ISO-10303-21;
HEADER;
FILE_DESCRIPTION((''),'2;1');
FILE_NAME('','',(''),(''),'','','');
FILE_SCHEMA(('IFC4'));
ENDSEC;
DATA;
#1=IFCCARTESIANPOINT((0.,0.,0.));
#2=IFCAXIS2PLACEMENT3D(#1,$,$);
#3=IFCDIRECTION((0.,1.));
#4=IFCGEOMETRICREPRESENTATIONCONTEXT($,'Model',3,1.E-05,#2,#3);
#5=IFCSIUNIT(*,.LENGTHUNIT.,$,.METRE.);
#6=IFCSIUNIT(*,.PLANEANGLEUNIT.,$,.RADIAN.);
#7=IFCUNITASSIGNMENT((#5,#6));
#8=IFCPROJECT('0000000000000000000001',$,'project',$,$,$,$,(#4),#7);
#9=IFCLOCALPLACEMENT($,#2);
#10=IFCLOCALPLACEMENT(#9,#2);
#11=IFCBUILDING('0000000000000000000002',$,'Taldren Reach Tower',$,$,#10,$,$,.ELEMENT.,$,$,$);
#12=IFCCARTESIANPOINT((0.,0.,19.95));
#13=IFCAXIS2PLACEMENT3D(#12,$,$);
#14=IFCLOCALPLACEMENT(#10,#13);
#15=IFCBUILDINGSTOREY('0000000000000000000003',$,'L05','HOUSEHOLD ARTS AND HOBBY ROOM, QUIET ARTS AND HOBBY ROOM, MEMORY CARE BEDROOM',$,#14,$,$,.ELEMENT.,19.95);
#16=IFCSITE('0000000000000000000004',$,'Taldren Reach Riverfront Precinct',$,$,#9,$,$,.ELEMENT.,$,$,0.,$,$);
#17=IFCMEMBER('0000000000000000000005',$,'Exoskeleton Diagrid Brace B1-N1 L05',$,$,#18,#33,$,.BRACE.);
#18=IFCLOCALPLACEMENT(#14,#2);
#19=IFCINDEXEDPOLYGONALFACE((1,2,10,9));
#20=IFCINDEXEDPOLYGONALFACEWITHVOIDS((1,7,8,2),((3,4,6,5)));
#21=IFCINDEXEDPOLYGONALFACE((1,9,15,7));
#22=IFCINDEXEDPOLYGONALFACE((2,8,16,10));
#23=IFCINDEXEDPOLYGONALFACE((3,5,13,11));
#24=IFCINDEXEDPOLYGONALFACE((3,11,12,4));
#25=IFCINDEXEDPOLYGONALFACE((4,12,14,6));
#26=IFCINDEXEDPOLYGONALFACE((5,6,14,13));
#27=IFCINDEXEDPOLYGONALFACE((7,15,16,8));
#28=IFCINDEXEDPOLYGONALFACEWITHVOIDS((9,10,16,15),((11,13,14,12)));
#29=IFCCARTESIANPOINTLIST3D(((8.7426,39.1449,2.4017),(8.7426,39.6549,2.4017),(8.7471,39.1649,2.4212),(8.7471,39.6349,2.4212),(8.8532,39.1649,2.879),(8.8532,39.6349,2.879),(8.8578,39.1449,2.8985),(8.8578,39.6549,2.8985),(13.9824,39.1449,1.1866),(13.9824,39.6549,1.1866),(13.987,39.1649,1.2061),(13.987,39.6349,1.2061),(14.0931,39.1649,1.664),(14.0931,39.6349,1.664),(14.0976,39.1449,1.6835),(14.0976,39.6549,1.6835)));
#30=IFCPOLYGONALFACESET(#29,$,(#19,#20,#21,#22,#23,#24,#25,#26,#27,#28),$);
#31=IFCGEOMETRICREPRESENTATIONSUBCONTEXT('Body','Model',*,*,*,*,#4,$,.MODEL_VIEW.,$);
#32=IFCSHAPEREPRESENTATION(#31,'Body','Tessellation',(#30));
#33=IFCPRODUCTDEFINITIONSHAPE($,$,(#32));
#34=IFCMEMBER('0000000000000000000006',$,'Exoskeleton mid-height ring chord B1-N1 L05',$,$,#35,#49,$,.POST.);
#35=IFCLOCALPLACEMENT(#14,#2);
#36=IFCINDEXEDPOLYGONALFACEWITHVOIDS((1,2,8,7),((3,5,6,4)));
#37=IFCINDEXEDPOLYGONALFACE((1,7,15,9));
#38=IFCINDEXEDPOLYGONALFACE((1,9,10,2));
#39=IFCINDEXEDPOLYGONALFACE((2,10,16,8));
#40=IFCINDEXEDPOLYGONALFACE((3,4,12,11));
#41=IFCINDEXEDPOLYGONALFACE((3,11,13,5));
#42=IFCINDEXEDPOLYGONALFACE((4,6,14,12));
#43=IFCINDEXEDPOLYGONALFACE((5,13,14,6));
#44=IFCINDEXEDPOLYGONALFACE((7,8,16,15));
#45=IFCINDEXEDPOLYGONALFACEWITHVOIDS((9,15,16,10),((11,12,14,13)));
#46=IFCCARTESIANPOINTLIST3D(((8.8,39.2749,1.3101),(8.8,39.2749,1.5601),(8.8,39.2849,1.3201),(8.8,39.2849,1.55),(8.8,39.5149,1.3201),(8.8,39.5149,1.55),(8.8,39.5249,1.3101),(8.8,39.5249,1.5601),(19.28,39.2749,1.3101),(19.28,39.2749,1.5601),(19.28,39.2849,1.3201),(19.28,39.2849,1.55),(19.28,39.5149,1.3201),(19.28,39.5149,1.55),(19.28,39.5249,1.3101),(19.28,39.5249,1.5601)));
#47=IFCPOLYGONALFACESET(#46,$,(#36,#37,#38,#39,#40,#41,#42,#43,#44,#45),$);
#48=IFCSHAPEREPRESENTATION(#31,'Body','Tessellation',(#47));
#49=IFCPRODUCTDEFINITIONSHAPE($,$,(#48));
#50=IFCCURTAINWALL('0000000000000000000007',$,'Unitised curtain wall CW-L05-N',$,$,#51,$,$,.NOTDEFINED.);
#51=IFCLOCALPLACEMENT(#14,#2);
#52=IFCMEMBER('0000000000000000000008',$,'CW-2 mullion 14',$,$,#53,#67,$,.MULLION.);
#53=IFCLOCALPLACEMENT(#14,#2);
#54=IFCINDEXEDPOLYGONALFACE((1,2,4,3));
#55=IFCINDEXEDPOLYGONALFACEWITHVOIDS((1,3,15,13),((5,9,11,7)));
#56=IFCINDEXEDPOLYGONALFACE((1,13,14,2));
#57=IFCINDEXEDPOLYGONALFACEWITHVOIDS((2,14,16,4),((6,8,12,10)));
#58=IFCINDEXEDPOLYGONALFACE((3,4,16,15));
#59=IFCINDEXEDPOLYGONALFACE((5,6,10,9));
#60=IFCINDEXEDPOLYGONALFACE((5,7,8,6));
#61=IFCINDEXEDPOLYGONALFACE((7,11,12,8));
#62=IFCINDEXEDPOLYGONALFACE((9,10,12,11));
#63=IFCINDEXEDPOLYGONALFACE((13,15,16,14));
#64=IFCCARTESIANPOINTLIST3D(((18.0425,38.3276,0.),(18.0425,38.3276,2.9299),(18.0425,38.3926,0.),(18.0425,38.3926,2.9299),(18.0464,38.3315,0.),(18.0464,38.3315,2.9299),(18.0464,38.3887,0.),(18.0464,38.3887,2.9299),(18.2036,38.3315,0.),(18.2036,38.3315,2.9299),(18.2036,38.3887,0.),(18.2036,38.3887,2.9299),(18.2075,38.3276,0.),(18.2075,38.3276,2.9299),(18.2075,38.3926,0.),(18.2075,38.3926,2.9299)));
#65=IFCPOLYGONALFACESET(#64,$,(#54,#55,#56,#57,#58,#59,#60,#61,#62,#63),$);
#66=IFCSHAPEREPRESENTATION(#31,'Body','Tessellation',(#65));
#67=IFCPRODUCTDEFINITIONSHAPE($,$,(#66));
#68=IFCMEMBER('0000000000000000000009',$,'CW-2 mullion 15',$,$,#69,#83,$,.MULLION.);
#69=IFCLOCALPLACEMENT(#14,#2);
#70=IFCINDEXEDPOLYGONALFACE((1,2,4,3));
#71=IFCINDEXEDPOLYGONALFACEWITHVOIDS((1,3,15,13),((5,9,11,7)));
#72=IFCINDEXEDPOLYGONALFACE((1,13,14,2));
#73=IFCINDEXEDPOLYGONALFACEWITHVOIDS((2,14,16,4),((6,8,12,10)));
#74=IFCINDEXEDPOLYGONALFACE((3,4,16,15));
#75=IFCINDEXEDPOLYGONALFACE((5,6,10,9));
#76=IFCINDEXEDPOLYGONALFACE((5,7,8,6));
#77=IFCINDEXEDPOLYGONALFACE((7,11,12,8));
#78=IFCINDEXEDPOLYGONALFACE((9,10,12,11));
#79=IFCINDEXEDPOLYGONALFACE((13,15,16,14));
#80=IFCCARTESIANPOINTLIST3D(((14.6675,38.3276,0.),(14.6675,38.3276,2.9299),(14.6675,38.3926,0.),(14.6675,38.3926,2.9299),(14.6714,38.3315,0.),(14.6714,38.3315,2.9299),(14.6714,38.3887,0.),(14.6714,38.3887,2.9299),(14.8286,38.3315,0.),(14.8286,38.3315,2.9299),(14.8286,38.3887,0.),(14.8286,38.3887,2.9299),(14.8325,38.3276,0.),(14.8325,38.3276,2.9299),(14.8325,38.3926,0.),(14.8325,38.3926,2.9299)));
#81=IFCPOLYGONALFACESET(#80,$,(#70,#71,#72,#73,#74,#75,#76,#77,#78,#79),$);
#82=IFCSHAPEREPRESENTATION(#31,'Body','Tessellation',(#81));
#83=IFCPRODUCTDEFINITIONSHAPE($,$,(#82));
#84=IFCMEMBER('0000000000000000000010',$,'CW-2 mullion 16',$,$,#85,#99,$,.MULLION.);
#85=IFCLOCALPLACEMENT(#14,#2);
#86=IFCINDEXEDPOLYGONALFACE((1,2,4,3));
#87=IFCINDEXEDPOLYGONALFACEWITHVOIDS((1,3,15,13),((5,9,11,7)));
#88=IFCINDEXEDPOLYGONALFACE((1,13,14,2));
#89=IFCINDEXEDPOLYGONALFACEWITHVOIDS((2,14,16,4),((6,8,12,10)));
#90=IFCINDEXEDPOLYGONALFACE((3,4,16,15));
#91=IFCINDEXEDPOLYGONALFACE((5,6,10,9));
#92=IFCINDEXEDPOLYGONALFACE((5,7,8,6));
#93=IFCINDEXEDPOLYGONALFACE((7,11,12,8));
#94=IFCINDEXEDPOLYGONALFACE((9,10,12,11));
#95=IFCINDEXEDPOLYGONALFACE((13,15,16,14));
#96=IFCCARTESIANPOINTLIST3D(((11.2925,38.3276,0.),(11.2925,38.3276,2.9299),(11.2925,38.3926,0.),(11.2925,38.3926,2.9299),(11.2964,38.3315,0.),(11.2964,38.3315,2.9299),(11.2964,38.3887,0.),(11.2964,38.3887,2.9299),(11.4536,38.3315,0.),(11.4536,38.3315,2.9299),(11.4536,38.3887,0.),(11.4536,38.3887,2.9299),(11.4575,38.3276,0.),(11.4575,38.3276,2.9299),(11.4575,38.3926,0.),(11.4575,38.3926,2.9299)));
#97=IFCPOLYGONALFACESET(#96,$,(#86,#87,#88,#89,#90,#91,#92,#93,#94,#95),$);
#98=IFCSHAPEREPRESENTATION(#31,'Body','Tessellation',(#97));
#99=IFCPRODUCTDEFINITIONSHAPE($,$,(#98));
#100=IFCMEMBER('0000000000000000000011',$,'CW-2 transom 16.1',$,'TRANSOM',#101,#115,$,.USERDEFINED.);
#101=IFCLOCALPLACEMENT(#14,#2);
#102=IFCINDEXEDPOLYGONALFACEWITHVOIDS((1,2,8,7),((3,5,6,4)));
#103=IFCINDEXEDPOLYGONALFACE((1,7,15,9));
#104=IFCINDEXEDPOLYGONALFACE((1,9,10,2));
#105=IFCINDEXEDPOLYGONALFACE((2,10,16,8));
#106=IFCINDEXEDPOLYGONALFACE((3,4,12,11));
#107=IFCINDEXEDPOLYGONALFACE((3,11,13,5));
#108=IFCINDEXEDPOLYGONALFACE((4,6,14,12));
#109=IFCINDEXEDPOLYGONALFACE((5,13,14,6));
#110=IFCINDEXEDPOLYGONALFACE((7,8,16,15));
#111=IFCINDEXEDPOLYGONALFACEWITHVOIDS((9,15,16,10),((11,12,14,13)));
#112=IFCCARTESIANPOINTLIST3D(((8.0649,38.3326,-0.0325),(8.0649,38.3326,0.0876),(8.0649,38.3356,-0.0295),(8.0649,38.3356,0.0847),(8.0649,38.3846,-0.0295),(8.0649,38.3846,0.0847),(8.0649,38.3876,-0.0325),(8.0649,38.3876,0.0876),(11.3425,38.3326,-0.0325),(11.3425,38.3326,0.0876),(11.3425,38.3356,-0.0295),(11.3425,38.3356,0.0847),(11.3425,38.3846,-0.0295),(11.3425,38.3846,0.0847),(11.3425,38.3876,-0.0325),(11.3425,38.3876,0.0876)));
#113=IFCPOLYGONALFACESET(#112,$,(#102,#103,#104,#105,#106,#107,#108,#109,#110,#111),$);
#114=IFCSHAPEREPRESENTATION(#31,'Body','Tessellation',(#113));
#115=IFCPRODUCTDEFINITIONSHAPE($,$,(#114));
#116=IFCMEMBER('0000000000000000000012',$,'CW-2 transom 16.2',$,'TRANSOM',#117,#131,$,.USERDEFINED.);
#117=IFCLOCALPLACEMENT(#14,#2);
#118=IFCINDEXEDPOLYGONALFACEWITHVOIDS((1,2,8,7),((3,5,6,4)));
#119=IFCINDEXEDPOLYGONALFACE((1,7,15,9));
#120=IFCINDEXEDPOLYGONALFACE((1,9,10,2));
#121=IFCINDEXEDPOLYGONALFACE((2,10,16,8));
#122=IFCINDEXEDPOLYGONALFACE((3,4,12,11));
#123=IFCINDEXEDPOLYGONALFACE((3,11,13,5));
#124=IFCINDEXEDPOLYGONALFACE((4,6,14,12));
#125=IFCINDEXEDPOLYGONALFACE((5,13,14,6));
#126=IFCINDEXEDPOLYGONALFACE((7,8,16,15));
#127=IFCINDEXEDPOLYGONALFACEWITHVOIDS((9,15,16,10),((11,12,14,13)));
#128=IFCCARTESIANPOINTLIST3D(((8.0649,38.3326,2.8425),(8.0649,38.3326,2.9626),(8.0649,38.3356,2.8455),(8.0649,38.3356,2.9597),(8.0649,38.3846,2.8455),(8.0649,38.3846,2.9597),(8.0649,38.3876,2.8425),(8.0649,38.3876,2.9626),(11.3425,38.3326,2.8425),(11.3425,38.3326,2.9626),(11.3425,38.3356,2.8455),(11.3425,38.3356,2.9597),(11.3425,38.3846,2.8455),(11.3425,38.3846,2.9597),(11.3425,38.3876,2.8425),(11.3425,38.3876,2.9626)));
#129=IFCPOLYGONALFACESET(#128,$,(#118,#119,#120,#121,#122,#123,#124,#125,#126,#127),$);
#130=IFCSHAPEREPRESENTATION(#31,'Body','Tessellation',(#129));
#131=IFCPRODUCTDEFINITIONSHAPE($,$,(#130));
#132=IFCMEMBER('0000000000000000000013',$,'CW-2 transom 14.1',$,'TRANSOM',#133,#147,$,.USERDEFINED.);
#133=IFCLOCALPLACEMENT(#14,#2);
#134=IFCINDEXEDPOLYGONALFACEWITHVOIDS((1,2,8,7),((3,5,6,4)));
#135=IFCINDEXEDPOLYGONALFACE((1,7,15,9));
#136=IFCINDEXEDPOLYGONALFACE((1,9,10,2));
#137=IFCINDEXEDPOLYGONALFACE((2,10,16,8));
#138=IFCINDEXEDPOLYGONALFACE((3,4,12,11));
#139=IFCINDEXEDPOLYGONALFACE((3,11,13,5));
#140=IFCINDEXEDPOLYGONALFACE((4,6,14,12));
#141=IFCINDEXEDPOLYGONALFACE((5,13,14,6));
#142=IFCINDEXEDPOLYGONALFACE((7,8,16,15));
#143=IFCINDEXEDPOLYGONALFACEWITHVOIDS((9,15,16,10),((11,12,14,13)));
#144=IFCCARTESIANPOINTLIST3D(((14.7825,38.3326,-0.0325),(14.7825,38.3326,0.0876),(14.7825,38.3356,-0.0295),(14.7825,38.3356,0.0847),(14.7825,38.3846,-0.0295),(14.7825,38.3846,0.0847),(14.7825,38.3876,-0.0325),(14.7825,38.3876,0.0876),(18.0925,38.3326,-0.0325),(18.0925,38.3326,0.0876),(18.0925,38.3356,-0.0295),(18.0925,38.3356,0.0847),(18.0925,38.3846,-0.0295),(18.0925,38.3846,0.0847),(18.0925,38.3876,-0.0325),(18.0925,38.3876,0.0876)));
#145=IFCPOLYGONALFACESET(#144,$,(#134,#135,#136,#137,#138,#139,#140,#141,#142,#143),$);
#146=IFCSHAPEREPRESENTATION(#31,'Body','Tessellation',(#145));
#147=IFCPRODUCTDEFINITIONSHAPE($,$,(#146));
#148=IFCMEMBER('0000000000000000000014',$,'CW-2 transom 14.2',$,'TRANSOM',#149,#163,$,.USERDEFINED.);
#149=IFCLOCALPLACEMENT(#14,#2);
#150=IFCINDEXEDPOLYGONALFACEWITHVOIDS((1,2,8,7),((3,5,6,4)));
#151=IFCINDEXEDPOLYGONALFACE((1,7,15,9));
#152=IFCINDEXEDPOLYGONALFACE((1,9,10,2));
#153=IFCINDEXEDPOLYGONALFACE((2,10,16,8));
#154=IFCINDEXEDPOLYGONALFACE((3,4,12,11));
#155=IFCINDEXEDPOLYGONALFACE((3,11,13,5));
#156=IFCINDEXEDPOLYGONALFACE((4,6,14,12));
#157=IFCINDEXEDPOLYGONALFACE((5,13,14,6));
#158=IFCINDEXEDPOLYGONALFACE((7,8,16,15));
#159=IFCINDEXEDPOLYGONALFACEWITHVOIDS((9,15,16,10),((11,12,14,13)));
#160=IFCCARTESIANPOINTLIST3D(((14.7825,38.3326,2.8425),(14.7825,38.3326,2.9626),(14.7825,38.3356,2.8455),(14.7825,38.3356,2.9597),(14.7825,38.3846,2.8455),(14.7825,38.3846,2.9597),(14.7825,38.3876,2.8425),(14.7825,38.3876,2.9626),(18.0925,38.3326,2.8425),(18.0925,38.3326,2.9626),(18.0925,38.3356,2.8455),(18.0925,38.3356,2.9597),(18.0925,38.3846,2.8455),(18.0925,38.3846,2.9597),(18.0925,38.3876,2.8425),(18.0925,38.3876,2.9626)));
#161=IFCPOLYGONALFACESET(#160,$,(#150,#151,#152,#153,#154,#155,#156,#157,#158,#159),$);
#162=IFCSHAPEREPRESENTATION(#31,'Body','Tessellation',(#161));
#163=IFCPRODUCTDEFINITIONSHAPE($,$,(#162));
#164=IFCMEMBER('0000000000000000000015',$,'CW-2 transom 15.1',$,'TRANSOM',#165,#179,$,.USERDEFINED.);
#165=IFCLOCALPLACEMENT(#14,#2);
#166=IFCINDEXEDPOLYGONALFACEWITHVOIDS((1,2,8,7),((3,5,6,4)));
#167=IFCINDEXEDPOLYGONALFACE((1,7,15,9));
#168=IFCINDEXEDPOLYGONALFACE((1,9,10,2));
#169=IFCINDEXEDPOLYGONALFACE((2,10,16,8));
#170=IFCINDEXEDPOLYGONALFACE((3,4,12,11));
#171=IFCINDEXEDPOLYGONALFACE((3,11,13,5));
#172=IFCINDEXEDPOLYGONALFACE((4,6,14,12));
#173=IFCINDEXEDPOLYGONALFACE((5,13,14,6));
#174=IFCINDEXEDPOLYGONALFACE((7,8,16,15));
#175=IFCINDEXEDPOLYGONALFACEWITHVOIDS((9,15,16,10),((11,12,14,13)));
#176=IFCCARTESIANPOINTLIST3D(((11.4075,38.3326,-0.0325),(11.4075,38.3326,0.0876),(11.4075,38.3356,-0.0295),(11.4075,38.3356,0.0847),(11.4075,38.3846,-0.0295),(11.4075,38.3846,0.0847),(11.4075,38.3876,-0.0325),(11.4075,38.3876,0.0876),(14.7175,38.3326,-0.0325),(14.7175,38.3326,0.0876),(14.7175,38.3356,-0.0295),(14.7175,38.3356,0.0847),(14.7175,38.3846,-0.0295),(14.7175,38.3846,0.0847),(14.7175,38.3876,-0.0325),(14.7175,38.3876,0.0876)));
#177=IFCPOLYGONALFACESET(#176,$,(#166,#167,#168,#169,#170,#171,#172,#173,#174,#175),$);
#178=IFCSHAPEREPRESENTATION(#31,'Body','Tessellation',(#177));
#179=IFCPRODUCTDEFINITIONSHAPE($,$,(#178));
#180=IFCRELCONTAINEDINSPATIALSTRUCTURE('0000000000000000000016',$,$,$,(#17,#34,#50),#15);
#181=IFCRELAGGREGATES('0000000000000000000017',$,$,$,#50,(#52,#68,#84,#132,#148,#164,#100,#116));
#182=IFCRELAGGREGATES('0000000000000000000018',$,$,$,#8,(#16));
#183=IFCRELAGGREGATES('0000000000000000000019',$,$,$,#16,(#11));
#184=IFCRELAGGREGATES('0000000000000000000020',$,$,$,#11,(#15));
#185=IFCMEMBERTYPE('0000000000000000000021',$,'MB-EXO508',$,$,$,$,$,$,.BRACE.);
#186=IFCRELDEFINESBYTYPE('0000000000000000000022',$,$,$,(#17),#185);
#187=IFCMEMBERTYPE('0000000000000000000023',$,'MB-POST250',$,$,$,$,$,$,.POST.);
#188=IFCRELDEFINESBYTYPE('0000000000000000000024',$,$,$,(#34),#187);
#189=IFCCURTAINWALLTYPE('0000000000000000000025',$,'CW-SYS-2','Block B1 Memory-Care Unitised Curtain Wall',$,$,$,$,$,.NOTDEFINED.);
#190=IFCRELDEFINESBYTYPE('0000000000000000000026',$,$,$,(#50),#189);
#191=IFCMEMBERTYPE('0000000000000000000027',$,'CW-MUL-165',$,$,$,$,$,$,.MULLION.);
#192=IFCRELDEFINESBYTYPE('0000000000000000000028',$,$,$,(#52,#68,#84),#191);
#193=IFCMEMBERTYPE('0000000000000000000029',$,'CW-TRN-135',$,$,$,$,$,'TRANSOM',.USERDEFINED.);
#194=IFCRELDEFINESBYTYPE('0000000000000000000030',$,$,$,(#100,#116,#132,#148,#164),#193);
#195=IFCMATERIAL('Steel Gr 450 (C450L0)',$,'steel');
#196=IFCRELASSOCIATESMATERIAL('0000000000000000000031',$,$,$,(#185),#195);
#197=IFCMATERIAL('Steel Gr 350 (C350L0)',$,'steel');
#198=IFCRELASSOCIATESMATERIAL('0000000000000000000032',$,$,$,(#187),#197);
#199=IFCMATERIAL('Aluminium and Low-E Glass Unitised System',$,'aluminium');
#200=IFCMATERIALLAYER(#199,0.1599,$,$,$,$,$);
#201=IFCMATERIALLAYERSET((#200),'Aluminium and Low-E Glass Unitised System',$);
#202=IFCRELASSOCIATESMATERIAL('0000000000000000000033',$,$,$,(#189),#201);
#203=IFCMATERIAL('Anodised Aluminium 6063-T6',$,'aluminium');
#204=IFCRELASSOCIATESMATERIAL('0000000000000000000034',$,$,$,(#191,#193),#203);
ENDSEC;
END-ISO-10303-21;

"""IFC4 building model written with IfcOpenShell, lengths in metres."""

from ifc_helpers import new_model, si_unit, direction, frame, origin, origin_2d, place, context, subcontext, project, spatial, hollow_rectangle, extrude, source, transform, mapped, material, layer, layer_set, material_profile, profile_set, type_object, element, aggregate, save


model = new_model("IFC4")

# Units and contexts
model_context = context("Model", 3, precision=1e-05, world=origin(), true_north=direction((0.0, 1.0)))
body_context = subcontext(model_context, "Body", "Model", "MODEL_VIEW")
ifc_project = project(units=[si_unit("LENGTHUNIT", "METRE"), si_unit("PLANEANGLEUNIT", "RADIAN")], contexts=[model_context])

# Site, building, storey
site_placement = place(None, origin())
site = spatial("IfcSite", under=ifc_project, at=site_placement, Name="Taldren Reach Riverfront Precinct", CompositionType="ELEMENT", RefElevation=0.0)
building_placement = place(site_placement, origin())
building = spatial("IfcBuilding", under=site, at=building_placement, Name="Taldren Reach Tower", CompositionType="ELEMENT")
storey_placement = place(building_placement, frame((0.0, 0.0, 19.95)))
storey = spatial("IfcBuildingStorey", under=building, at=storey_placement, Name="L05", Description="HOUSEHOLD ARTS AND HOBBY ROOM, QUIET ARTS AND HOBBY ROOM, MEMORY CARE BEDROOM", CompositionType="ELEMENT", Elevation=19.95)

# Members
ifc_material_1 = material(Name="Steel Gr 450 (C450L0)", Category="steel")
ifc_material_profile_1 = material_profile(ifc_material_1, hollow_rectangle(XDim=0.51, YDim=0.51, WallThickness=0.02, at=origin_2d()), Name="510x510x20.0SHS")
ifc_profile_set_1 = profile_set([ifc_material_profile_1], Name="Steel Gr 450 (C450L0)")
member_type_1 = type_object("IfcMemberType", Name="MB-EXO508", PredefinedType="BRACE", material=ifc_profile_set_1)
shared_shape_1 = source(origin(), body_context, "Body", "SweptSolid", [
    extrude(hollow_rectangle(XDim=0.51, YDim=0.51, WallThickness=0.02, at=origin_2d()), origin(), (0.0, 0.0, 1.0), 5.3789),
])
member_1_placement = place(storey_placement, frame((14.04, 39.3999, 1.4351), z_axis=(-0.974152, 0.0, 0.225894), x_axis=(0.0, -1.0, 0.0)))
element("IfcMember", 1, at=member_1_placement, inside=storey, type_object=member_type_1, Name="Exoskeleton Diagrid Brace B1-N1 L05", PredefinedType="BRACE", context=body_context, shape_type="MappedRepresentation", body=[
    mapped(shared_shape_1, transform((0.0, 0.0, 0.0), scale=1.0)),
])
ifc_material_2 = material(Name="Steel Gr 350 (C350L0)", Category="steel")
ifc_material_profile_2 = material_profile(ifc_material_2, hollow_rectangle(XDim=0.25, YDim=0.25, WallThickness=0.01, at=origin_2d()), Name="250x250x10.0SHS")
ifc_profile_set_2 = profile_set([ifc_material_profile_2], Name="Steel Gr 350 (C350L0)")
member_type_2 = type_object("IfcMemberType", Name="MB-POST250", PredefinedType="POST", material=ifc_profile_set_2)
shared_shape_2 = source(origin(), body_context, "Body", "SweptSolid", [
    extrude(hollow_rectangle(XDim=0.25, YDim=0.25, WallThickness=0.01, at=origin_2d()), origin(), (0.0, 0.0, 1.0), 10.48),
])
member_2_placement = place(storey_placement, frame((8.8, 39.3999, 1.4351), z_axis=(1.0, 0.0, 0.0), x_axis=(0.0, 1.0, 0.0)))
element("IfcMember", 2, at=member_2_placement, inside=storey, type_object=member_type_2, Name="Exoskeleton mid-height ring chord B1-N1 L05", PredefinedType="POST", context=body_context, shape_type="MappedRepresentation", body=[
    mapped(shared_shape_2, transform((0.0, 0.0, 0.0), scale=1.0)),
])

# Curtain wall, members
ifc_material_3 = material(Name="Aluminium and Low-E Glass Unitised System", Category="aluminium")
ifc_layer_1 = layer(ifc_material_3, 0.1599)
ifc_layer_set_1 = layer_set([ifc_layer_1], Name="Aluminium and Low-E Glass Unitised System")
curtain_wall_type = type_object("IfcCurtainWallType", Name="CW-SYS-2", Description="Block B1 Memory-Care Unitised Curtain Wall", PredefinedType="NOTDEFINED", material=ifc_layer_set_1)
curtain_wall_placement = place(storey_placement, origin())
curtain_wall = element("IfcCurtainWall", 3, at=curtain_wall_placement, inside=storey, type_object=curtain_wall_type, Name="Unitised curtain wall CW-L05-N", PredefinedType="NOTDEFINED")
ifc_material_4 = material(Name="Anodised Aluminium 6063-T6", Category="aluminium")
ifc_material_profile_3 = material_profile(ifc_material_4, hollow_rectangle(XDim=0.0649, YDim=0.165, WallThickness=0.0039, at=origin_2d()), Name="ALU-165x65x4RHS")
ifc_profile_set_3 = profile_set([ifc_material_profile_3], Name="Anodised Aluminium 6063-T6")
member_type_3 = type_object("IfcMemberType", Name="CW-MUL-165", PredefinedType="MULLION", material=ifc_profile_set_3)
shared_shape_3 = source(origin(), body_context, "Body", "SweptSolid", [
    extrude(hollow_rectangle(XDim=0.0649, YDim=0.165, WallThickness=0.0039, at=origin_2d()), origin(), (0.0, 0.0, 1.0), 2.9299),
])
member_3_placement = place(storey_placement, frame((18.125, 38.3601, 0.0), z_axis=(0.0, 0.0, 1.0), x_axis=(0.0, -1.0, 0.0)))
member_3 = element("IfcMember", 4, at=member_3_placement, type_object=member_type_3, Name="CW-2 mullion 14", PredefinedType="MULLION", context=body_context, shape_type="MappedRepresentation", body=[
    mapped(shared_shape_3, transform((0.0, 0.0, 0.0), scale=1.0)),
])
member_4_placement = place(storey_placement, frame((14.75, 38.3601, 0.0), z_axis=(0.0, 0.0, 1.0), x_axis=(0.0, -1.0, 0.0)))
member_4 = element("IfcMember", 5, at=member_4_placement, type_object=member_type_3, Name="CW-2 mullion 15", PredefinedType="MULLION", context=body_context, shape_type="MappedRepresentation", body=[
    mapped(shared_shape_3, transform((0.0, 0.0, 0.0), scale=1.0)),
])
member_5_placement = place(storey_placement, frame((11.375, 38.3601, 0.0), z_axis=(0.0, 0.0, 1.0), x_axis=(0.0, -1.0, 0.0)))
member_5 = element("IfcMember", 6, at=member_5_placement, type_object=member_type_3, Name="CW-2 mullion 16", PredefinedType="MULLION", context=body_context, shape_type="MappedRepresentation", body=[
    mapped(shared_shape_3, transform((0.0, 0.0, 0.0), scale=1.0)),
])
ifc_material_profile_4 = material_profile(ifc_material_4, hollow_rectangle(XDim=0.0549, YDim=0.1201, WallThickness=0.0029, at=origin_2d()), Name="ALU-120x55x3RHS")
ifc_profile_set_4 = profile_set([ifc_material_profile_4], Name="Anodised Aluminium 6063-T6")
member_type_4 = type_object("IfcMemberType", Name="CW-TRN-135", ElementType="TRANSOM", PredefinedType="USERDEFINED", material=ifc_profile_set_4)
shared_shape_4 = source(origin(), body_context, "Body", "SweptSolid", [
    extrude(hollow_rectangle(XDim=0.0549, YDim=0.1201, WallThickness=0.0029, at=origin_2d()), origin(), (0.0, 0.0, 1.0), 3.2776),
])
member_6_placement = place(storey_placement, frame((11.3425, 38.3601, 0.0276), z_axis=(-1.0, 0.0, 0.0), x_axis=(0.0, -1.0, 0.0)))
member_6 = element("IfcMember", 7, at=member_6_placement, type_object=member_type_4, Name="CW-2 transom 16.1", ObjectType="TRANSOM", PredefinedType="USERDEFINED", context=body_context, shape_type="MappedRepresentation", body=[
    mapped(shared_shape_4, transform((0.0, 0.0, 0.0), scale=1.0)),
])
member_7_placement = place(storey_placement, frame((11.3425, 38.3601, 2.9026), z_axis=(-1.0, 0.0, 0.0), x_axis=(0.0, -1.0, 0.0)))
member_7 = element("IfcMember", 8, at=member_7_placement, type_object=member_type_4, Name="CW-2 transom 16.2", ObjectType="TRANSOM", PredefinedType="USERDEFINED", context=body_context, shape_type="MappedRepresentation", body=[
    mapped(shared_shape_4, transform((0.0, 0.0, 0.0), scale=1.0)),
])
shared_shape_5 = source(origin(), body_context, "Body", "SweptSolid", [
    extrude(hollow_rectangle(XDim=0.0549, YDim=0.1201, WallThickness=0.0029, at=origin_2d()), origin(), (0.0, 0.0, 1.0), 3.3101),
])
member_8_placement = place(storey_placement, frame((18.0925, 38.3601, 0.0276), z_axis=(-1.0, 0.0, 0.0), x_axis=(0.0, -1.0, 0.0)))
member_8 = element("IfcMember", 9, at=member_8_placement, type_object=member_type_4, Name="CW-2 transom 14.1", ObjectType="TRANSOM", PredefinedType="USERDEFINED", context=body_context, shape_type="MappedRepresentation", body=[
    mapped(shared_shape_5, transform((0.0, 0.0, 0.0), scale=1.0)),
])
member_9_placement = place(storey_placement, frame((18.0925, 38.3601, 2.9026), z_axis=(-1.0, 0.0, 0.0), x_axis=(0.0, -1.0, 0.0)))
member_9 = element("IfcMember", 10, at=member_9_placement, type_object=member_type_4, Name="CW-2 transom 14.2", ObjectType="TRANSOM", PredefinedType="USERDEFINED", context=body_context, shape_type="MappedRepresentation", body=[
    mapped(shared_shape_5, transform((0.0, 0.0, 0.0), scale=1.0)),
])
member_10_placement = place(storey_placement, frame((14.7175, 38.3601, 0.0276), z_axis=(-1.0, 0.0, 0.0), x_axis=(0.0, -1.0, 0.0)))
member_10 = element("IfcMember", 11, at=member_10_placement, type_object=member_type_4, Name="CW-2 transom 15.1", ObjectType="TRANSOM", PredefinedType="USERDEFINED", context=body_context, shape_type="MappedRepresentation", body=[
    mapped(shared_shape_5, transform((0.0, 0.0, 0.0), scale=1.0)),
])

aggregate(curtain_wall, [member_3, member_4, member_5, member_8, member_9, member_10, member_6, member_7])

save(model, "model.ifc")
